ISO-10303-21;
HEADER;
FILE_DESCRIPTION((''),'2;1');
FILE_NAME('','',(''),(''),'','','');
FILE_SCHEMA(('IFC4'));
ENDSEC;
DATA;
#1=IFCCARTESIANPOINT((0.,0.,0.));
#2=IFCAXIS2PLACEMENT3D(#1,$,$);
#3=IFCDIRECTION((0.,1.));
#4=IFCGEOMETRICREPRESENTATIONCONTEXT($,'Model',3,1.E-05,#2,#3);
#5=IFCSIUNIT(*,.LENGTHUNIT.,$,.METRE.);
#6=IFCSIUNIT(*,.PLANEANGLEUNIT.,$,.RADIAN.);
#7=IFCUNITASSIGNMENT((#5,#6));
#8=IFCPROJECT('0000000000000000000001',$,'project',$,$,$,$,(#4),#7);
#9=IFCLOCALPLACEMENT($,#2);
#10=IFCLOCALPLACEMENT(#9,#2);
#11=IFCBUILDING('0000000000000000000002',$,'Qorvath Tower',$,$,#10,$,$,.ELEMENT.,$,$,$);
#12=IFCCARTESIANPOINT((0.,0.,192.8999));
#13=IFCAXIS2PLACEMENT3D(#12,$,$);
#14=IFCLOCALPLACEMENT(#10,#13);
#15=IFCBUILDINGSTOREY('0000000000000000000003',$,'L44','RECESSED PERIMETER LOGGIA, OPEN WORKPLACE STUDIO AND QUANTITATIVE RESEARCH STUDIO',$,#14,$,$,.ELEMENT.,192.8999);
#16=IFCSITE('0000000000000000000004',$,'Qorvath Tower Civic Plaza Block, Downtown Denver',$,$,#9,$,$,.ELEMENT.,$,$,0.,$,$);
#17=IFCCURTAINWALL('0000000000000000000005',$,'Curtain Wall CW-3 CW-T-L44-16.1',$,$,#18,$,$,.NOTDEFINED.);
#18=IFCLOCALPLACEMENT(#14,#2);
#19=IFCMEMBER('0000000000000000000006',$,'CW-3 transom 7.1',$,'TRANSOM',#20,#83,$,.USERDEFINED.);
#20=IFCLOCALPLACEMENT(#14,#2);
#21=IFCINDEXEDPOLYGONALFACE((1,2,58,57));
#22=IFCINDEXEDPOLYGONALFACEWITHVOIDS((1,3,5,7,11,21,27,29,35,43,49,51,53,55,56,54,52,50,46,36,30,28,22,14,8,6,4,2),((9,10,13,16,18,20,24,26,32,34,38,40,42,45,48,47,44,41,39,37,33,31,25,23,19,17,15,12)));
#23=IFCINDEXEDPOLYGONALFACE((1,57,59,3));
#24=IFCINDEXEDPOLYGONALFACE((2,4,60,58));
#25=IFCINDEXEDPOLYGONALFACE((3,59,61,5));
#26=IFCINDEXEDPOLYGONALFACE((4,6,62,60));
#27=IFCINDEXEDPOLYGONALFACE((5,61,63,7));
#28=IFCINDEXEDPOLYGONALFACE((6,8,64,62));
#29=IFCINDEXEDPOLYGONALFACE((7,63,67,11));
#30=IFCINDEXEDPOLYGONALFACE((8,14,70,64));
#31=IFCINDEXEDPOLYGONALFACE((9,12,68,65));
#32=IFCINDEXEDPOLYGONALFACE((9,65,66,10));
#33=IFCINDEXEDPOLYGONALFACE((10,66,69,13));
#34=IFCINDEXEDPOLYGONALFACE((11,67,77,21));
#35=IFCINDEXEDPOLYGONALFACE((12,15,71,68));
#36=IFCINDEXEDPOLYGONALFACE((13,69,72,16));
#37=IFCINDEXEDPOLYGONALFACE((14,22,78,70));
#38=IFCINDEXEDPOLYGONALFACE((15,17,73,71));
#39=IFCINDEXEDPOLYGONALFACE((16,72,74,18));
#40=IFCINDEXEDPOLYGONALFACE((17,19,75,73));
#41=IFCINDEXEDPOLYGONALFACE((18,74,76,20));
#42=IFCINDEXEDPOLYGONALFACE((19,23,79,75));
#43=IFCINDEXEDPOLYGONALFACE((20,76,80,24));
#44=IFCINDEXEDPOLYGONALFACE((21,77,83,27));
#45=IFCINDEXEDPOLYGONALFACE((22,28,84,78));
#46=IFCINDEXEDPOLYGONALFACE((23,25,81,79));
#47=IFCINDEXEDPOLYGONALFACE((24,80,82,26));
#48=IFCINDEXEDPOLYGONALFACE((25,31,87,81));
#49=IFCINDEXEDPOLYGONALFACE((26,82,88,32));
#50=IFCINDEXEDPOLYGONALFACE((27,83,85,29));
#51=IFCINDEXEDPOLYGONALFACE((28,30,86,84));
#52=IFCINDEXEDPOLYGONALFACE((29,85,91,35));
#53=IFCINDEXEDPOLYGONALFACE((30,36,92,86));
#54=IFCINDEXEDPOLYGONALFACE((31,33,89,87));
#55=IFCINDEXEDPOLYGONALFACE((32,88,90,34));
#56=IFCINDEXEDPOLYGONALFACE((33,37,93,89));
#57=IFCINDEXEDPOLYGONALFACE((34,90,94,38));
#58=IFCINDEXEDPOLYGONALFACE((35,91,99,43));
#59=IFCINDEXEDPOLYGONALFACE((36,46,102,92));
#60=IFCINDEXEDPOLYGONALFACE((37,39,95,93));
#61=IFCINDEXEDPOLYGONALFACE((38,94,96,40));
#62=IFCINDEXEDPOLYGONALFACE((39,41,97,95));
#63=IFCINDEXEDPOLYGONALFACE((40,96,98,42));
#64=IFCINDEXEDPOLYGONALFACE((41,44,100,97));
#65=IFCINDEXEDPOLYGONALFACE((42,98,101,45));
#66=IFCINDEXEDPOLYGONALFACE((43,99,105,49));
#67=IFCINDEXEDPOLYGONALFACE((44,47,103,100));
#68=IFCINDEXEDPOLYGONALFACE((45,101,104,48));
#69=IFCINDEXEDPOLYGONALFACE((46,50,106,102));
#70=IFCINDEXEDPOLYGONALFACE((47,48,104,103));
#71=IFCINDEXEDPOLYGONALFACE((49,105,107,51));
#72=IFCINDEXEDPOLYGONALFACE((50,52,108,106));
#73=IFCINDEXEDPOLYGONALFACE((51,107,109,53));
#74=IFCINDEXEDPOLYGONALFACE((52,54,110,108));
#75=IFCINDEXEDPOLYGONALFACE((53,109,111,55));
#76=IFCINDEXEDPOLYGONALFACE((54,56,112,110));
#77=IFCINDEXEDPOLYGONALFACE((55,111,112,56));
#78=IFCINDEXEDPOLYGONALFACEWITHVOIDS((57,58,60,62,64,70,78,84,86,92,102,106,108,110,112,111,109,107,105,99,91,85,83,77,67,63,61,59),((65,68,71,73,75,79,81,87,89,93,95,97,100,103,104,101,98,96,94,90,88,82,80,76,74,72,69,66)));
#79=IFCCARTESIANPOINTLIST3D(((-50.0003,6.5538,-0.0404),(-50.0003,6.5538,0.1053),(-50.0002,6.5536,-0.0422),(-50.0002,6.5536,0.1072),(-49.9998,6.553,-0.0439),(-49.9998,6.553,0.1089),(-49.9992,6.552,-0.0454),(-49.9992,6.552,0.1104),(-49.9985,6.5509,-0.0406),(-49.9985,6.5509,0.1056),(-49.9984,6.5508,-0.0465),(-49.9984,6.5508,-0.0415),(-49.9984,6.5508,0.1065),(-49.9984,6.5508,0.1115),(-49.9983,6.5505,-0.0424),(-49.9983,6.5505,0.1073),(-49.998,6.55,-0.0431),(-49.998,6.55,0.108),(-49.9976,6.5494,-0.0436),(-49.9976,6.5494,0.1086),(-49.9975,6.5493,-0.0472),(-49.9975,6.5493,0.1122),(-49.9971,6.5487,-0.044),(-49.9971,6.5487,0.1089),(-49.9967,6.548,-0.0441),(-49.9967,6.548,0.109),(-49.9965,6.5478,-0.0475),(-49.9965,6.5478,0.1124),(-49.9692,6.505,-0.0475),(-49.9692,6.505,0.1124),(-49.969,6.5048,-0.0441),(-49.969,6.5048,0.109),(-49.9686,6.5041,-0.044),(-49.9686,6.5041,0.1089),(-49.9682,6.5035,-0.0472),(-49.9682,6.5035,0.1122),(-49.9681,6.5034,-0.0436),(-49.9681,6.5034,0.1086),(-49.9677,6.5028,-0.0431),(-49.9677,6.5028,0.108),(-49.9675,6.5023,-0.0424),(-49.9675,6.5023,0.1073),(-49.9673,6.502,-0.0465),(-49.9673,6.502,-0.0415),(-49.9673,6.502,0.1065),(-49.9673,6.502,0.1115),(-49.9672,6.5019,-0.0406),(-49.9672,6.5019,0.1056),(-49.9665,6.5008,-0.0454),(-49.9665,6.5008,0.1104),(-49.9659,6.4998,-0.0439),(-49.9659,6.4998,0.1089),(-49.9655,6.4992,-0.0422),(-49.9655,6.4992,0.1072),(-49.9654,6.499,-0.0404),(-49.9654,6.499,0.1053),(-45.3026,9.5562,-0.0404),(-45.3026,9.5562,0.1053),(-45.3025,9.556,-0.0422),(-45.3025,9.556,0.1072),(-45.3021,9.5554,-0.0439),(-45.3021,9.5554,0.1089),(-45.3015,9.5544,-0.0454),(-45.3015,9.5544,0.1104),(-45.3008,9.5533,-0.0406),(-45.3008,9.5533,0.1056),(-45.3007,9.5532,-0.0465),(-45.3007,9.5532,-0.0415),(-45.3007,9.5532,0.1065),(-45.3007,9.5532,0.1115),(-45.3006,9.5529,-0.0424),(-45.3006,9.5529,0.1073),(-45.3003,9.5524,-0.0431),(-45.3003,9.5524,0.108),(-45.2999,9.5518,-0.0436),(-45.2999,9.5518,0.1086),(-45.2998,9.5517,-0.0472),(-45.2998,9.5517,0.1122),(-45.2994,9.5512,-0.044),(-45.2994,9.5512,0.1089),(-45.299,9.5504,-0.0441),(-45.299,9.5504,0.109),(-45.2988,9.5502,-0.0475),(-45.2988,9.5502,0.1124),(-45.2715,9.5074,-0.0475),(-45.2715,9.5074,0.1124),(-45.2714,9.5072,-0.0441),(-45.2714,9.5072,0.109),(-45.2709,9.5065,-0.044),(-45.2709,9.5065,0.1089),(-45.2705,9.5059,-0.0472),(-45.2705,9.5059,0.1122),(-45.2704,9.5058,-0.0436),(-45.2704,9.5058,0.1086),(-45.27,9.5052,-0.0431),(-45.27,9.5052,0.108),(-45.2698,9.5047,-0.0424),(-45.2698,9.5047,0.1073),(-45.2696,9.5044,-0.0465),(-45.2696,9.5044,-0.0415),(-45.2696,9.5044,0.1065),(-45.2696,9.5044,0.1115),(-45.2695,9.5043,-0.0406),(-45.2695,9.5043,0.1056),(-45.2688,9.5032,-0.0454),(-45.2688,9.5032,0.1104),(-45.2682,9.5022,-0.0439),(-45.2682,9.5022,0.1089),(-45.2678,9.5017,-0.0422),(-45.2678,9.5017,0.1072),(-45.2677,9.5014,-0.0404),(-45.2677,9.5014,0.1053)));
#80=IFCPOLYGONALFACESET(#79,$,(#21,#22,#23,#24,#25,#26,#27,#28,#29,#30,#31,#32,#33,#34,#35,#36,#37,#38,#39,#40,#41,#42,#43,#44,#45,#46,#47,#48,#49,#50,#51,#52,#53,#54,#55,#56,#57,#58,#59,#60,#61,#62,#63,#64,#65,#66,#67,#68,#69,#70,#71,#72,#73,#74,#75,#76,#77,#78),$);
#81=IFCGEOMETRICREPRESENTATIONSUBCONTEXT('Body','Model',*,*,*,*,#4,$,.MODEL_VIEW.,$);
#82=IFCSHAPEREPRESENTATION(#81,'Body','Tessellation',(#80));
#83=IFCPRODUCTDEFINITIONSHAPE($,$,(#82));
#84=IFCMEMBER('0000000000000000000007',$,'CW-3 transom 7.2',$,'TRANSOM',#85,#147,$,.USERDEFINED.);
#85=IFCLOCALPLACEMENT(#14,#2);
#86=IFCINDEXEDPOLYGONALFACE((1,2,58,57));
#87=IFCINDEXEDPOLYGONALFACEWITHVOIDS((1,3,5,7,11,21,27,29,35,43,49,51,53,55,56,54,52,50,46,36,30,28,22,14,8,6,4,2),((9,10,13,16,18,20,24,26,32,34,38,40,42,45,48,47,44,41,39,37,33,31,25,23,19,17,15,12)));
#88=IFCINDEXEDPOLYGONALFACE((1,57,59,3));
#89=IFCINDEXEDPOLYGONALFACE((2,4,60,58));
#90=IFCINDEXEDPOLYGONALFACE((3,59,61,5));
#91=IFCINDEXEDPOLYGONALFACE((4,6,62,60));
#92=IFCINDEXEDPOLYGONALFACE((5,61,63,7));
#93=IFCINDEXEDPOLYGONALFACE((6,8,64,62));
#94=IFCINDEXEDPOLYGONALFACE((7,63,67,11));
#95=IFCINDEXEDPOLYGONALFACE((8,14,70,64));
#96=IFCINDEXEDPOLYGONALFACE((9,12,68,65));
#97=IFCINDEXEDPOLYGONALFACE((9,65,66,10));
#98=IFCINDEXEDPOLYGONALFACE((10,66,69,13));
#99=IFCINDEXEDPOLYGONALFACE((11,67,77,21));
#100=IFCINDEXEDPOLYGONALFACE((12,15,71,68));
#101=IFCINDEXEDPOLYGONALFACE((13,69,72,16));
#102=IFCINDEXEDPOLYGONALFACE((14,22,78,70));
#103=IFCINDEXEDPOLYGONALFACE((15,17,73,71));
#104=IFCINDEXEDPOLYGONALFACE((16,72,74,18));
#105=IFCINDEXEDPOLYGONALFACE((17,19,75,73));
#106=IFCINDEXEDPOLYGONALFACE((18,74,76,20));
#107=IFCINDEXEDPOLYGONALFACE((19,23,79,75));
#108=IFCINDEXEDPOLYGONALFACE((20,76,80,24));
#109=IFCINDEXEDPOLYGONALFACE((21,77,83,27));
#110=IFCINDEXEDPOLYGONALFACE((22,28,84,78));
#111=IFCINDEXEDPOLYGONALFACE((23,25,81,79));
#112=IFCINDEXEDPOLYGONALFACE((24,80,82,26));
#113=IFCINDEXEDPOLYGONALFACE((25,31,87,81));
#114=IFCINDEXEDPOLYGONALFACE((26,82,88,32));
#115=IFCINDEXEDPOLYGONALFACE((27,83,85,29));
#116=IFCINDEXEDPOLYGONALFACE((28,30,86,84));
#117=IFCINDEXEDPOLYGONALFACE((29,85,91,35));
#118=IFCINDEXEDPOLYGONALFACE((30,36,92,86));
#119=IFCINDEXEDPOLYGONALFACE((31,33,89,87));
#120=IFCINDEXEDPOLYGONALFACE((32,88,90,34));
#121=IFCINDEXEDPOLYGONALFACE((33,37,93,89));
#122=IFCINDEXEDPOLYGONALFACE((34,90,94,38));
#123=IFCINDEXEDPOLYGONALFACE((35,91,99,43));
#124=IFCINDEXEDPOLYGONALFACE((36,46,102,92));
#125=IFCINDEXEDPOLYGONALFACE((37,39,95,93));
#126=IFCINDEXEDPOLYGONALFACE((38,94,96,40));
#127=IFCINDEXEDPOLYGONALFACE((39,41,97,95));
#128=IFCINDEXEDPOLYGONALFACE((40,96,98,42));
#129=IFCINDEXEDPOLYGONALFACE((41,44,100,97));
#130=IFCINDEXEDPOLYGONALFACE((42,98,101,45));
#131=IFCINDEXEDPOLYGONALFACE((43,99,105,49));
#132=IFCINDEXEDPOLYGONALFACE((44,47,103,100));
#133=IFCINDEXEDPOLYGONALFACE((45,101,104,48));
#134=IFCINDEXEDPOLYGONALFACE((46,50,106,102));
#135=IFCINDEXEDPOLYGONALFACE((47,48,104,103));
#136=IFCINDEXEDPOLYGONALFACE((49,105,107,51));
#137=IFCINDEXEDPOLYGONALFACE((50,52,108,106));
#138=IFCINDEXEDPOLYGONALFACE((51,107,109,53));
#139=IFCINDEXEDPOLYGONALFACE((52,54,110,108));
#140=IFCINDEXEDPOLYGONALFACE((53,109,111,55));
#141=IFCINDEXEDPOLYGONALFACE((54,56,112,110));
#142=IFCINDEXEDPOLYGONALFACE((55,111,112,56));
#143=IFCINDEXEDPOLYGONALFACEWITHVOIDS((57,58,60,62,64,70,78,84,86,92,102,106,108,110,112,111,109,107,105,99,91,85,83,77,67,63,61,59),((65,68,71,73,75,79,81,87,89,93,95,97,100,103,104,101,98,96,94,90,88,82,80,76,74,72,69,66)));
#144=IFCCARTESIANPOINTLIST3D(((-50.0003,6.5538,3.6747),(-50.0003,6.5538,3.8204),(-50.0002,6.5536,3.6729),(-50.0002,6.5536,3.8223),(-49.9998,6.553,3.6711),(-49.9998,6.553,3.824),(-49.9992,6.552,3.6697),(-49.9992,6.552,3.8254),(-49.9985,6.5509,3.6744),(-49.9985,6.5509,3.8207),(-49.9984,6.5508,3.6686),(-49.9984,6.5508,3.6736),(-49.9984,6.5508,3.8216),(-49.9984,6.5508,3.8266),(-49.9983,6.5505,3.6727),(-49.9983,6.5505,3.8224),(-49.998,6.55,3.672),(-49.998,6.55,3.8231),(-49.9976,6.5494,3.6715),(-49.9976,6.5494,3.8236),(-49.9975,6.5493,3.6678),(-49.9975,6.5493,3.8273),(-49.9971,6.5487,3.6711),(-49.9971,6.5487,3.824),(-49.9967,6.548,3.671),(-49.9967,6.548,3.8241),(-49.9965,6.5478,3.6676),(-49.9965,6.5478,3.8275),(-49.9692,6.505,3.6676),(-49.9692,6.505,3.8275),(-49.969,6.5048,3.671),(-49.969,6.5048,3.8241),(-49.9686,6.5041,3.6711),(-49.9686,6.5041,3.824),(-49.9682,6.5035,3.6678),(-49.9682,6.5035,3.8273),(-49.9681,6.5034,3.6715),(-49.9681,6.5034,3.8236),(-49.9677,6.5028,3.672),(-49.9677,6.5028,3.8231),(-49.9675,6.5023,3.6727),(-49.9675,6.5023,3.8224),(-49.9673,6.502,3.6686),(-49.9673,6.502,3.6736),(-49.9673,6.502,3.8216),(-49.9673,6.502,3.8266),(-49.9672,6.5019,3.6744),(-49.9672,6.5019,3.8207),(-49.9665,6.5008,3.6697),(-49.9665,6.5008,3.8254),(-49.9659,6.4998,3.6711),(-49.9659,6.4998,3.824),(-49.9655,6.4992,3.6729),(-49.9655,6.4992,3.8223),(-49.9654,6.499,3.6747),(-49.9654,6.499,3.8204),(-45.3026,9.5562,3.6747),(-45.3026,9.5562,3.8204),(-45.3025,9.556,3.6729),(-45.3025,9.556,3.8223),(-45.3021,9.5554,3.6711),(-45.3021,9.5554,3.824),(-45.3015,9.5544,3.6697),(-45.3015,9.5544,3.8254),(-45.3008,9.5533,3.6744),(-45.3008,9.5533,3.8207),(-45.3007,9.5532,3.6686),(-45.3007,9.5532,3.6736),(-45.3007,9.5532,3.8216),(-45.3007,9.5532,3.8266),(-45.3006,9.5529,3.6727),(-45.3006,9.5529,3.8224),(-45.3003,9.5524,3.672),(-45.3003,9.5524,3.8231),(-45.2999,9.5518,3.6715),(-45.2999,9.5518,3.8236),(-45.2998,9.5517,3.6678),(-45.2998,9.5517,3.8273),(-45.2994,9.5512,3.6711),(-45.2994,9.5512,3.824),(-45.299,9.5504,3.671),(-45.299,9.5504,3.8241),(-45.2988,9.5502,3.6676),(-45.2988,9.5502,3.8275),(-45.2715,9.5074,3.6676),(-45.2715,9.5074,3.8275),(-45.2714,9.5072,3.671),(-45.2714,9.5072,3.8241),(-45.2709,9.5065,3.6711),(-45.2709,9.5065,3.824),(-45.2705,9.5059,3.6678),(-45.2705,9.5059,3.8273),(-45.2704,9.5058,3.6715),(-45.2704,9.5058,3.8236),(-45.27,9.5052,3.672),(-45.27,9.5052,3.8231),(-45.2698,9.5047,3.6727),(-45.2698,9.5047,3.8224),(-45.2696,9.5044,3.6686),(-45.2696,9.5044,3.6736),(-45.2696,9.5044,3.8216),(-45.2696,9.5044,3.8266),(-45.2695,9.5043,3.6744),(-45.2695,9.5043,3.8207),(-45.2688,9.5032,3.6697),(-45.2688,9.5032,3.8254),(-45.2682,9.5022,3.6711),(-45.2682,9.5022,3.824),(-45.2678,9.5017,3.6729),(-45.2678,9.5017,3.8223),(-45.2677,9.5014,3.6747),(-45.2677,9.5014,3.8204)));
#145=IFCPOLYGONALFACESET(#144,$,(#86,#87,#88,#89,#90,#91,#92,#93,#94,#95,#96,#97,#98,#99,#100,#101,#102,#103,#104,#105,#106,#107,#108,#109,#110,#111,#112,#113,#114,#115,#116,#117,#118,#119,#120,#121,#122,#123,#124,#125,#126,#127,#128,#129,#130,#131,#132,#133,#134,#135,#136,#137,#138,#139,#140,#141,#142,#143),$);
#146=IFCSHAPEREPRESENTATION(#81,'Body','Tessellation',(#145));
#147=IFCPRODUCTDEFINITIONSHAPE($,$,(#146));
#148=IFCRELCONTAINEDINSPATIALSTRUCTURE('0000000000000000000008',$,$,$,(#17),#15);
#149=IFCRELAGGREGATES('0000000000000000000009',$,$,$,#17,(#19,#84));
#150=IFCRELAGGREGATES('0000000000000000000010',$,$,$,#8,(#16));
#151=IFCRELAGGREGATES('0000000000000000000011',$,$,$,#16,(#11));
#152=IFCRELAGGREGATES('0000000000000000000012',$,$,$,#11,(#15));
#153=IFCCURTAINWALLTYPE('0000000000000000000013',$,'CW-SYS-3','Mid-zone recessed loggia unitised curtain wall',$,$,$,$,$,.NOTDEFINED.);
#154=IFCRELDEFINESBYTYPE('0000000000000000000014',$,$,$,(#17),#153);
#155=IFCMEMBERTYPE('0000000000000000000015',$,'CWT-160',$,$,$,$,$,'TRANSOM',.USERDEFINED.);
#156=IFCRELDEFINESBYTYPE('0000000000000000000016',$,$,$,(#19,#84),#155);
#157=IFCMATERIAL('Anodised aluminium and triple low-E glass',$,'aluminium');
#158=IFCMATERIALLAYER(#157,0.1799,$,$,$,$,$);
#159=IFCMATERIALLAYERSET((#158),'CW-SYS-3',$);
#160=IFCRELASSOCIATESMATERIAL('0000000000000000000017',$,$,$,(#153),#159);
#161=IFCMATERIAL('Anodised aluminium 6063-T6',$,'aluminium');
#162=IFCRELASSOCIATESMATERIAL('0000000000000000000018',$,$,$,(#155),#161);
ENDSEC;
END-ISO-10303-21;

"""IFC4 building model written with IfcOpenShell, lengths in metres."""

from ifc_helpers import new_model, si_unit, direction, frame, origin, origin_2d, place, context, subcontext, project, spatial, hollow_rectangle, extrude, material, layer, layer_set, material_profile, profile_set, type_object, element, aggregate, save


model = new_model("IFC4")

# Units and contexts
model_context = context("Model", 3, precision=1e-05, world=origin(), true_north=direction((0.0, 1.0)))
body_context = subcontext(model_context, "Body", "Model", "MODEL_VIEW")
ifc_project = project(units=[si_unit("LENGTHUNIT", "METRE"), si_unit("PLANEANGLEUNIT", "RADIAN")], contexts=[model_context])

# Site, building, storey
site_placement = place(None, origin())
site = spatial("IfcSite", under=ifc_project, at=site_placement, Name="Qorvath Tower Civic Plaza Block, Downtown Denver", CompositionType="ELEMENT", RefElevation=0.0)
building_placement = place(site_placement, origin())
building = spatial("IfcBuilding", under=site, at=building_placement, Name="Qorvath Tower", CompositionType="ELEMENT")
storey_placement = place(building_placement, frame((0.0, 0.0, 192.8999)))
storey = spatial("IfcBuildingStorey", under=building, at=storey_placement, Name="L44", Description="RECESSED PERIMETER LOGGIA, OPEN WORKPLACE STUDIO AND QUANTITATIVE RESEARCH STUDIO", CompositionType="ELEMENT", Elevation=192.8999)

# Curtain wall, members
ifc_material_1 = material(Name="Anodised aluminium and triple low-E glass", Category="aluminium")
ifc_layer_1 = layer(ifc_material_1, 0.1799)
ifc_layer_set_1 = layer_set([ifc_layer_1], Name="CW-SYS-3")
curtain_wall_type = type_object("IfcCurtainWallType", Name="CW-SYS-3", Description="Mid-zone recessed loggia unitised curtain wall", PredefinedType="NOTDEFINED", material=ifc_layer_set_1)
curtain_wall_placement = place(storey_placement, origin())
curtain_wall = element("IfcCurtainWall", 1, at=curtain_wall_placement, inside=storey, type_object=curtain_wall_type, Name="Curtain Wall CW-3 CW-T-L44-16.1", PredefinedType="NOTDEFINED")
ifc_material_2 = material(Name="Anodised aluminium 6063-T6", Category="aluminium")
ifc_material_profile_1 = material_profile(ifc_material_2, hollow_rectangle(XDim=0.0649, YDim=0.1599, WallThickness=0.0034, InnerFilletRadius=0.0034, OuterFilletRadius=0.0071, at=origin_2d()), Name="CWT 160x65")
ifc_profile_set_1 = profile_set([ifc_material_profile_1], Name="Anodised aluminium 6063-T6")
member_type_1 = type_object("IfcMemberType", Name="CWT-160", ElementType="TRANSOM", PredefinedType="USERDEFINED", material=ifc_profile_set_1)
member_1_placement = place(storey_placement, frame((-45.2852, 9.5288, 0.0325), z_axis=(-0.842607, -0.538529, 0.0), x_axis=(0.538529, -0.842607, 0.0)))
member_1 = element("IfcMember", 2, at=member_1_placement, type_object=member_type_1, Name="CW-3 transom 7.1", ObjectType="TRANSOM", PredefinedType="USERDEFINED", context=body_context, shape_type="SweptSolid", body=[
    extrude(hollow_rectangle(XDim=0.0649, YDim=0.1599, WallThickness=0.0034, InnerFilletRadius=0.0034, OuterFilletRadius=0.0071, at=origin_2d()), origin(), (0.0, 0.0, 1.0), 5.5752),
])
member_2_placement = place(storey_placement, frame((-45.2852, 9.5288, 3.7476), z_axis=(-0.842607, -0.538529, 0.0), x_axis=(0.538529, -0.842607, 0.0)))
member_2 = element("IfcMember", 3, at=member_2_placement, type_object=member_type_1, Name="CW-3 transom 7.2", ObjectType="TRANSOM", PredefinedType="USERDEFINED", context=body_context, shape_type="SweptSolid", body=[
    extrude(hollow_rectangle(XDim=0.0649, YDim=0.1599, WallThickness=0.0034, InnerFilletRadius=0.0034, OuterFilletRadius=0.0071, at=origin_2d()), origin(), (0.0, 0.0, 1.0), 5.5752),
])
aggregate(curtain_wall, [member_1, member_2])

save(model, "model.ifc")
